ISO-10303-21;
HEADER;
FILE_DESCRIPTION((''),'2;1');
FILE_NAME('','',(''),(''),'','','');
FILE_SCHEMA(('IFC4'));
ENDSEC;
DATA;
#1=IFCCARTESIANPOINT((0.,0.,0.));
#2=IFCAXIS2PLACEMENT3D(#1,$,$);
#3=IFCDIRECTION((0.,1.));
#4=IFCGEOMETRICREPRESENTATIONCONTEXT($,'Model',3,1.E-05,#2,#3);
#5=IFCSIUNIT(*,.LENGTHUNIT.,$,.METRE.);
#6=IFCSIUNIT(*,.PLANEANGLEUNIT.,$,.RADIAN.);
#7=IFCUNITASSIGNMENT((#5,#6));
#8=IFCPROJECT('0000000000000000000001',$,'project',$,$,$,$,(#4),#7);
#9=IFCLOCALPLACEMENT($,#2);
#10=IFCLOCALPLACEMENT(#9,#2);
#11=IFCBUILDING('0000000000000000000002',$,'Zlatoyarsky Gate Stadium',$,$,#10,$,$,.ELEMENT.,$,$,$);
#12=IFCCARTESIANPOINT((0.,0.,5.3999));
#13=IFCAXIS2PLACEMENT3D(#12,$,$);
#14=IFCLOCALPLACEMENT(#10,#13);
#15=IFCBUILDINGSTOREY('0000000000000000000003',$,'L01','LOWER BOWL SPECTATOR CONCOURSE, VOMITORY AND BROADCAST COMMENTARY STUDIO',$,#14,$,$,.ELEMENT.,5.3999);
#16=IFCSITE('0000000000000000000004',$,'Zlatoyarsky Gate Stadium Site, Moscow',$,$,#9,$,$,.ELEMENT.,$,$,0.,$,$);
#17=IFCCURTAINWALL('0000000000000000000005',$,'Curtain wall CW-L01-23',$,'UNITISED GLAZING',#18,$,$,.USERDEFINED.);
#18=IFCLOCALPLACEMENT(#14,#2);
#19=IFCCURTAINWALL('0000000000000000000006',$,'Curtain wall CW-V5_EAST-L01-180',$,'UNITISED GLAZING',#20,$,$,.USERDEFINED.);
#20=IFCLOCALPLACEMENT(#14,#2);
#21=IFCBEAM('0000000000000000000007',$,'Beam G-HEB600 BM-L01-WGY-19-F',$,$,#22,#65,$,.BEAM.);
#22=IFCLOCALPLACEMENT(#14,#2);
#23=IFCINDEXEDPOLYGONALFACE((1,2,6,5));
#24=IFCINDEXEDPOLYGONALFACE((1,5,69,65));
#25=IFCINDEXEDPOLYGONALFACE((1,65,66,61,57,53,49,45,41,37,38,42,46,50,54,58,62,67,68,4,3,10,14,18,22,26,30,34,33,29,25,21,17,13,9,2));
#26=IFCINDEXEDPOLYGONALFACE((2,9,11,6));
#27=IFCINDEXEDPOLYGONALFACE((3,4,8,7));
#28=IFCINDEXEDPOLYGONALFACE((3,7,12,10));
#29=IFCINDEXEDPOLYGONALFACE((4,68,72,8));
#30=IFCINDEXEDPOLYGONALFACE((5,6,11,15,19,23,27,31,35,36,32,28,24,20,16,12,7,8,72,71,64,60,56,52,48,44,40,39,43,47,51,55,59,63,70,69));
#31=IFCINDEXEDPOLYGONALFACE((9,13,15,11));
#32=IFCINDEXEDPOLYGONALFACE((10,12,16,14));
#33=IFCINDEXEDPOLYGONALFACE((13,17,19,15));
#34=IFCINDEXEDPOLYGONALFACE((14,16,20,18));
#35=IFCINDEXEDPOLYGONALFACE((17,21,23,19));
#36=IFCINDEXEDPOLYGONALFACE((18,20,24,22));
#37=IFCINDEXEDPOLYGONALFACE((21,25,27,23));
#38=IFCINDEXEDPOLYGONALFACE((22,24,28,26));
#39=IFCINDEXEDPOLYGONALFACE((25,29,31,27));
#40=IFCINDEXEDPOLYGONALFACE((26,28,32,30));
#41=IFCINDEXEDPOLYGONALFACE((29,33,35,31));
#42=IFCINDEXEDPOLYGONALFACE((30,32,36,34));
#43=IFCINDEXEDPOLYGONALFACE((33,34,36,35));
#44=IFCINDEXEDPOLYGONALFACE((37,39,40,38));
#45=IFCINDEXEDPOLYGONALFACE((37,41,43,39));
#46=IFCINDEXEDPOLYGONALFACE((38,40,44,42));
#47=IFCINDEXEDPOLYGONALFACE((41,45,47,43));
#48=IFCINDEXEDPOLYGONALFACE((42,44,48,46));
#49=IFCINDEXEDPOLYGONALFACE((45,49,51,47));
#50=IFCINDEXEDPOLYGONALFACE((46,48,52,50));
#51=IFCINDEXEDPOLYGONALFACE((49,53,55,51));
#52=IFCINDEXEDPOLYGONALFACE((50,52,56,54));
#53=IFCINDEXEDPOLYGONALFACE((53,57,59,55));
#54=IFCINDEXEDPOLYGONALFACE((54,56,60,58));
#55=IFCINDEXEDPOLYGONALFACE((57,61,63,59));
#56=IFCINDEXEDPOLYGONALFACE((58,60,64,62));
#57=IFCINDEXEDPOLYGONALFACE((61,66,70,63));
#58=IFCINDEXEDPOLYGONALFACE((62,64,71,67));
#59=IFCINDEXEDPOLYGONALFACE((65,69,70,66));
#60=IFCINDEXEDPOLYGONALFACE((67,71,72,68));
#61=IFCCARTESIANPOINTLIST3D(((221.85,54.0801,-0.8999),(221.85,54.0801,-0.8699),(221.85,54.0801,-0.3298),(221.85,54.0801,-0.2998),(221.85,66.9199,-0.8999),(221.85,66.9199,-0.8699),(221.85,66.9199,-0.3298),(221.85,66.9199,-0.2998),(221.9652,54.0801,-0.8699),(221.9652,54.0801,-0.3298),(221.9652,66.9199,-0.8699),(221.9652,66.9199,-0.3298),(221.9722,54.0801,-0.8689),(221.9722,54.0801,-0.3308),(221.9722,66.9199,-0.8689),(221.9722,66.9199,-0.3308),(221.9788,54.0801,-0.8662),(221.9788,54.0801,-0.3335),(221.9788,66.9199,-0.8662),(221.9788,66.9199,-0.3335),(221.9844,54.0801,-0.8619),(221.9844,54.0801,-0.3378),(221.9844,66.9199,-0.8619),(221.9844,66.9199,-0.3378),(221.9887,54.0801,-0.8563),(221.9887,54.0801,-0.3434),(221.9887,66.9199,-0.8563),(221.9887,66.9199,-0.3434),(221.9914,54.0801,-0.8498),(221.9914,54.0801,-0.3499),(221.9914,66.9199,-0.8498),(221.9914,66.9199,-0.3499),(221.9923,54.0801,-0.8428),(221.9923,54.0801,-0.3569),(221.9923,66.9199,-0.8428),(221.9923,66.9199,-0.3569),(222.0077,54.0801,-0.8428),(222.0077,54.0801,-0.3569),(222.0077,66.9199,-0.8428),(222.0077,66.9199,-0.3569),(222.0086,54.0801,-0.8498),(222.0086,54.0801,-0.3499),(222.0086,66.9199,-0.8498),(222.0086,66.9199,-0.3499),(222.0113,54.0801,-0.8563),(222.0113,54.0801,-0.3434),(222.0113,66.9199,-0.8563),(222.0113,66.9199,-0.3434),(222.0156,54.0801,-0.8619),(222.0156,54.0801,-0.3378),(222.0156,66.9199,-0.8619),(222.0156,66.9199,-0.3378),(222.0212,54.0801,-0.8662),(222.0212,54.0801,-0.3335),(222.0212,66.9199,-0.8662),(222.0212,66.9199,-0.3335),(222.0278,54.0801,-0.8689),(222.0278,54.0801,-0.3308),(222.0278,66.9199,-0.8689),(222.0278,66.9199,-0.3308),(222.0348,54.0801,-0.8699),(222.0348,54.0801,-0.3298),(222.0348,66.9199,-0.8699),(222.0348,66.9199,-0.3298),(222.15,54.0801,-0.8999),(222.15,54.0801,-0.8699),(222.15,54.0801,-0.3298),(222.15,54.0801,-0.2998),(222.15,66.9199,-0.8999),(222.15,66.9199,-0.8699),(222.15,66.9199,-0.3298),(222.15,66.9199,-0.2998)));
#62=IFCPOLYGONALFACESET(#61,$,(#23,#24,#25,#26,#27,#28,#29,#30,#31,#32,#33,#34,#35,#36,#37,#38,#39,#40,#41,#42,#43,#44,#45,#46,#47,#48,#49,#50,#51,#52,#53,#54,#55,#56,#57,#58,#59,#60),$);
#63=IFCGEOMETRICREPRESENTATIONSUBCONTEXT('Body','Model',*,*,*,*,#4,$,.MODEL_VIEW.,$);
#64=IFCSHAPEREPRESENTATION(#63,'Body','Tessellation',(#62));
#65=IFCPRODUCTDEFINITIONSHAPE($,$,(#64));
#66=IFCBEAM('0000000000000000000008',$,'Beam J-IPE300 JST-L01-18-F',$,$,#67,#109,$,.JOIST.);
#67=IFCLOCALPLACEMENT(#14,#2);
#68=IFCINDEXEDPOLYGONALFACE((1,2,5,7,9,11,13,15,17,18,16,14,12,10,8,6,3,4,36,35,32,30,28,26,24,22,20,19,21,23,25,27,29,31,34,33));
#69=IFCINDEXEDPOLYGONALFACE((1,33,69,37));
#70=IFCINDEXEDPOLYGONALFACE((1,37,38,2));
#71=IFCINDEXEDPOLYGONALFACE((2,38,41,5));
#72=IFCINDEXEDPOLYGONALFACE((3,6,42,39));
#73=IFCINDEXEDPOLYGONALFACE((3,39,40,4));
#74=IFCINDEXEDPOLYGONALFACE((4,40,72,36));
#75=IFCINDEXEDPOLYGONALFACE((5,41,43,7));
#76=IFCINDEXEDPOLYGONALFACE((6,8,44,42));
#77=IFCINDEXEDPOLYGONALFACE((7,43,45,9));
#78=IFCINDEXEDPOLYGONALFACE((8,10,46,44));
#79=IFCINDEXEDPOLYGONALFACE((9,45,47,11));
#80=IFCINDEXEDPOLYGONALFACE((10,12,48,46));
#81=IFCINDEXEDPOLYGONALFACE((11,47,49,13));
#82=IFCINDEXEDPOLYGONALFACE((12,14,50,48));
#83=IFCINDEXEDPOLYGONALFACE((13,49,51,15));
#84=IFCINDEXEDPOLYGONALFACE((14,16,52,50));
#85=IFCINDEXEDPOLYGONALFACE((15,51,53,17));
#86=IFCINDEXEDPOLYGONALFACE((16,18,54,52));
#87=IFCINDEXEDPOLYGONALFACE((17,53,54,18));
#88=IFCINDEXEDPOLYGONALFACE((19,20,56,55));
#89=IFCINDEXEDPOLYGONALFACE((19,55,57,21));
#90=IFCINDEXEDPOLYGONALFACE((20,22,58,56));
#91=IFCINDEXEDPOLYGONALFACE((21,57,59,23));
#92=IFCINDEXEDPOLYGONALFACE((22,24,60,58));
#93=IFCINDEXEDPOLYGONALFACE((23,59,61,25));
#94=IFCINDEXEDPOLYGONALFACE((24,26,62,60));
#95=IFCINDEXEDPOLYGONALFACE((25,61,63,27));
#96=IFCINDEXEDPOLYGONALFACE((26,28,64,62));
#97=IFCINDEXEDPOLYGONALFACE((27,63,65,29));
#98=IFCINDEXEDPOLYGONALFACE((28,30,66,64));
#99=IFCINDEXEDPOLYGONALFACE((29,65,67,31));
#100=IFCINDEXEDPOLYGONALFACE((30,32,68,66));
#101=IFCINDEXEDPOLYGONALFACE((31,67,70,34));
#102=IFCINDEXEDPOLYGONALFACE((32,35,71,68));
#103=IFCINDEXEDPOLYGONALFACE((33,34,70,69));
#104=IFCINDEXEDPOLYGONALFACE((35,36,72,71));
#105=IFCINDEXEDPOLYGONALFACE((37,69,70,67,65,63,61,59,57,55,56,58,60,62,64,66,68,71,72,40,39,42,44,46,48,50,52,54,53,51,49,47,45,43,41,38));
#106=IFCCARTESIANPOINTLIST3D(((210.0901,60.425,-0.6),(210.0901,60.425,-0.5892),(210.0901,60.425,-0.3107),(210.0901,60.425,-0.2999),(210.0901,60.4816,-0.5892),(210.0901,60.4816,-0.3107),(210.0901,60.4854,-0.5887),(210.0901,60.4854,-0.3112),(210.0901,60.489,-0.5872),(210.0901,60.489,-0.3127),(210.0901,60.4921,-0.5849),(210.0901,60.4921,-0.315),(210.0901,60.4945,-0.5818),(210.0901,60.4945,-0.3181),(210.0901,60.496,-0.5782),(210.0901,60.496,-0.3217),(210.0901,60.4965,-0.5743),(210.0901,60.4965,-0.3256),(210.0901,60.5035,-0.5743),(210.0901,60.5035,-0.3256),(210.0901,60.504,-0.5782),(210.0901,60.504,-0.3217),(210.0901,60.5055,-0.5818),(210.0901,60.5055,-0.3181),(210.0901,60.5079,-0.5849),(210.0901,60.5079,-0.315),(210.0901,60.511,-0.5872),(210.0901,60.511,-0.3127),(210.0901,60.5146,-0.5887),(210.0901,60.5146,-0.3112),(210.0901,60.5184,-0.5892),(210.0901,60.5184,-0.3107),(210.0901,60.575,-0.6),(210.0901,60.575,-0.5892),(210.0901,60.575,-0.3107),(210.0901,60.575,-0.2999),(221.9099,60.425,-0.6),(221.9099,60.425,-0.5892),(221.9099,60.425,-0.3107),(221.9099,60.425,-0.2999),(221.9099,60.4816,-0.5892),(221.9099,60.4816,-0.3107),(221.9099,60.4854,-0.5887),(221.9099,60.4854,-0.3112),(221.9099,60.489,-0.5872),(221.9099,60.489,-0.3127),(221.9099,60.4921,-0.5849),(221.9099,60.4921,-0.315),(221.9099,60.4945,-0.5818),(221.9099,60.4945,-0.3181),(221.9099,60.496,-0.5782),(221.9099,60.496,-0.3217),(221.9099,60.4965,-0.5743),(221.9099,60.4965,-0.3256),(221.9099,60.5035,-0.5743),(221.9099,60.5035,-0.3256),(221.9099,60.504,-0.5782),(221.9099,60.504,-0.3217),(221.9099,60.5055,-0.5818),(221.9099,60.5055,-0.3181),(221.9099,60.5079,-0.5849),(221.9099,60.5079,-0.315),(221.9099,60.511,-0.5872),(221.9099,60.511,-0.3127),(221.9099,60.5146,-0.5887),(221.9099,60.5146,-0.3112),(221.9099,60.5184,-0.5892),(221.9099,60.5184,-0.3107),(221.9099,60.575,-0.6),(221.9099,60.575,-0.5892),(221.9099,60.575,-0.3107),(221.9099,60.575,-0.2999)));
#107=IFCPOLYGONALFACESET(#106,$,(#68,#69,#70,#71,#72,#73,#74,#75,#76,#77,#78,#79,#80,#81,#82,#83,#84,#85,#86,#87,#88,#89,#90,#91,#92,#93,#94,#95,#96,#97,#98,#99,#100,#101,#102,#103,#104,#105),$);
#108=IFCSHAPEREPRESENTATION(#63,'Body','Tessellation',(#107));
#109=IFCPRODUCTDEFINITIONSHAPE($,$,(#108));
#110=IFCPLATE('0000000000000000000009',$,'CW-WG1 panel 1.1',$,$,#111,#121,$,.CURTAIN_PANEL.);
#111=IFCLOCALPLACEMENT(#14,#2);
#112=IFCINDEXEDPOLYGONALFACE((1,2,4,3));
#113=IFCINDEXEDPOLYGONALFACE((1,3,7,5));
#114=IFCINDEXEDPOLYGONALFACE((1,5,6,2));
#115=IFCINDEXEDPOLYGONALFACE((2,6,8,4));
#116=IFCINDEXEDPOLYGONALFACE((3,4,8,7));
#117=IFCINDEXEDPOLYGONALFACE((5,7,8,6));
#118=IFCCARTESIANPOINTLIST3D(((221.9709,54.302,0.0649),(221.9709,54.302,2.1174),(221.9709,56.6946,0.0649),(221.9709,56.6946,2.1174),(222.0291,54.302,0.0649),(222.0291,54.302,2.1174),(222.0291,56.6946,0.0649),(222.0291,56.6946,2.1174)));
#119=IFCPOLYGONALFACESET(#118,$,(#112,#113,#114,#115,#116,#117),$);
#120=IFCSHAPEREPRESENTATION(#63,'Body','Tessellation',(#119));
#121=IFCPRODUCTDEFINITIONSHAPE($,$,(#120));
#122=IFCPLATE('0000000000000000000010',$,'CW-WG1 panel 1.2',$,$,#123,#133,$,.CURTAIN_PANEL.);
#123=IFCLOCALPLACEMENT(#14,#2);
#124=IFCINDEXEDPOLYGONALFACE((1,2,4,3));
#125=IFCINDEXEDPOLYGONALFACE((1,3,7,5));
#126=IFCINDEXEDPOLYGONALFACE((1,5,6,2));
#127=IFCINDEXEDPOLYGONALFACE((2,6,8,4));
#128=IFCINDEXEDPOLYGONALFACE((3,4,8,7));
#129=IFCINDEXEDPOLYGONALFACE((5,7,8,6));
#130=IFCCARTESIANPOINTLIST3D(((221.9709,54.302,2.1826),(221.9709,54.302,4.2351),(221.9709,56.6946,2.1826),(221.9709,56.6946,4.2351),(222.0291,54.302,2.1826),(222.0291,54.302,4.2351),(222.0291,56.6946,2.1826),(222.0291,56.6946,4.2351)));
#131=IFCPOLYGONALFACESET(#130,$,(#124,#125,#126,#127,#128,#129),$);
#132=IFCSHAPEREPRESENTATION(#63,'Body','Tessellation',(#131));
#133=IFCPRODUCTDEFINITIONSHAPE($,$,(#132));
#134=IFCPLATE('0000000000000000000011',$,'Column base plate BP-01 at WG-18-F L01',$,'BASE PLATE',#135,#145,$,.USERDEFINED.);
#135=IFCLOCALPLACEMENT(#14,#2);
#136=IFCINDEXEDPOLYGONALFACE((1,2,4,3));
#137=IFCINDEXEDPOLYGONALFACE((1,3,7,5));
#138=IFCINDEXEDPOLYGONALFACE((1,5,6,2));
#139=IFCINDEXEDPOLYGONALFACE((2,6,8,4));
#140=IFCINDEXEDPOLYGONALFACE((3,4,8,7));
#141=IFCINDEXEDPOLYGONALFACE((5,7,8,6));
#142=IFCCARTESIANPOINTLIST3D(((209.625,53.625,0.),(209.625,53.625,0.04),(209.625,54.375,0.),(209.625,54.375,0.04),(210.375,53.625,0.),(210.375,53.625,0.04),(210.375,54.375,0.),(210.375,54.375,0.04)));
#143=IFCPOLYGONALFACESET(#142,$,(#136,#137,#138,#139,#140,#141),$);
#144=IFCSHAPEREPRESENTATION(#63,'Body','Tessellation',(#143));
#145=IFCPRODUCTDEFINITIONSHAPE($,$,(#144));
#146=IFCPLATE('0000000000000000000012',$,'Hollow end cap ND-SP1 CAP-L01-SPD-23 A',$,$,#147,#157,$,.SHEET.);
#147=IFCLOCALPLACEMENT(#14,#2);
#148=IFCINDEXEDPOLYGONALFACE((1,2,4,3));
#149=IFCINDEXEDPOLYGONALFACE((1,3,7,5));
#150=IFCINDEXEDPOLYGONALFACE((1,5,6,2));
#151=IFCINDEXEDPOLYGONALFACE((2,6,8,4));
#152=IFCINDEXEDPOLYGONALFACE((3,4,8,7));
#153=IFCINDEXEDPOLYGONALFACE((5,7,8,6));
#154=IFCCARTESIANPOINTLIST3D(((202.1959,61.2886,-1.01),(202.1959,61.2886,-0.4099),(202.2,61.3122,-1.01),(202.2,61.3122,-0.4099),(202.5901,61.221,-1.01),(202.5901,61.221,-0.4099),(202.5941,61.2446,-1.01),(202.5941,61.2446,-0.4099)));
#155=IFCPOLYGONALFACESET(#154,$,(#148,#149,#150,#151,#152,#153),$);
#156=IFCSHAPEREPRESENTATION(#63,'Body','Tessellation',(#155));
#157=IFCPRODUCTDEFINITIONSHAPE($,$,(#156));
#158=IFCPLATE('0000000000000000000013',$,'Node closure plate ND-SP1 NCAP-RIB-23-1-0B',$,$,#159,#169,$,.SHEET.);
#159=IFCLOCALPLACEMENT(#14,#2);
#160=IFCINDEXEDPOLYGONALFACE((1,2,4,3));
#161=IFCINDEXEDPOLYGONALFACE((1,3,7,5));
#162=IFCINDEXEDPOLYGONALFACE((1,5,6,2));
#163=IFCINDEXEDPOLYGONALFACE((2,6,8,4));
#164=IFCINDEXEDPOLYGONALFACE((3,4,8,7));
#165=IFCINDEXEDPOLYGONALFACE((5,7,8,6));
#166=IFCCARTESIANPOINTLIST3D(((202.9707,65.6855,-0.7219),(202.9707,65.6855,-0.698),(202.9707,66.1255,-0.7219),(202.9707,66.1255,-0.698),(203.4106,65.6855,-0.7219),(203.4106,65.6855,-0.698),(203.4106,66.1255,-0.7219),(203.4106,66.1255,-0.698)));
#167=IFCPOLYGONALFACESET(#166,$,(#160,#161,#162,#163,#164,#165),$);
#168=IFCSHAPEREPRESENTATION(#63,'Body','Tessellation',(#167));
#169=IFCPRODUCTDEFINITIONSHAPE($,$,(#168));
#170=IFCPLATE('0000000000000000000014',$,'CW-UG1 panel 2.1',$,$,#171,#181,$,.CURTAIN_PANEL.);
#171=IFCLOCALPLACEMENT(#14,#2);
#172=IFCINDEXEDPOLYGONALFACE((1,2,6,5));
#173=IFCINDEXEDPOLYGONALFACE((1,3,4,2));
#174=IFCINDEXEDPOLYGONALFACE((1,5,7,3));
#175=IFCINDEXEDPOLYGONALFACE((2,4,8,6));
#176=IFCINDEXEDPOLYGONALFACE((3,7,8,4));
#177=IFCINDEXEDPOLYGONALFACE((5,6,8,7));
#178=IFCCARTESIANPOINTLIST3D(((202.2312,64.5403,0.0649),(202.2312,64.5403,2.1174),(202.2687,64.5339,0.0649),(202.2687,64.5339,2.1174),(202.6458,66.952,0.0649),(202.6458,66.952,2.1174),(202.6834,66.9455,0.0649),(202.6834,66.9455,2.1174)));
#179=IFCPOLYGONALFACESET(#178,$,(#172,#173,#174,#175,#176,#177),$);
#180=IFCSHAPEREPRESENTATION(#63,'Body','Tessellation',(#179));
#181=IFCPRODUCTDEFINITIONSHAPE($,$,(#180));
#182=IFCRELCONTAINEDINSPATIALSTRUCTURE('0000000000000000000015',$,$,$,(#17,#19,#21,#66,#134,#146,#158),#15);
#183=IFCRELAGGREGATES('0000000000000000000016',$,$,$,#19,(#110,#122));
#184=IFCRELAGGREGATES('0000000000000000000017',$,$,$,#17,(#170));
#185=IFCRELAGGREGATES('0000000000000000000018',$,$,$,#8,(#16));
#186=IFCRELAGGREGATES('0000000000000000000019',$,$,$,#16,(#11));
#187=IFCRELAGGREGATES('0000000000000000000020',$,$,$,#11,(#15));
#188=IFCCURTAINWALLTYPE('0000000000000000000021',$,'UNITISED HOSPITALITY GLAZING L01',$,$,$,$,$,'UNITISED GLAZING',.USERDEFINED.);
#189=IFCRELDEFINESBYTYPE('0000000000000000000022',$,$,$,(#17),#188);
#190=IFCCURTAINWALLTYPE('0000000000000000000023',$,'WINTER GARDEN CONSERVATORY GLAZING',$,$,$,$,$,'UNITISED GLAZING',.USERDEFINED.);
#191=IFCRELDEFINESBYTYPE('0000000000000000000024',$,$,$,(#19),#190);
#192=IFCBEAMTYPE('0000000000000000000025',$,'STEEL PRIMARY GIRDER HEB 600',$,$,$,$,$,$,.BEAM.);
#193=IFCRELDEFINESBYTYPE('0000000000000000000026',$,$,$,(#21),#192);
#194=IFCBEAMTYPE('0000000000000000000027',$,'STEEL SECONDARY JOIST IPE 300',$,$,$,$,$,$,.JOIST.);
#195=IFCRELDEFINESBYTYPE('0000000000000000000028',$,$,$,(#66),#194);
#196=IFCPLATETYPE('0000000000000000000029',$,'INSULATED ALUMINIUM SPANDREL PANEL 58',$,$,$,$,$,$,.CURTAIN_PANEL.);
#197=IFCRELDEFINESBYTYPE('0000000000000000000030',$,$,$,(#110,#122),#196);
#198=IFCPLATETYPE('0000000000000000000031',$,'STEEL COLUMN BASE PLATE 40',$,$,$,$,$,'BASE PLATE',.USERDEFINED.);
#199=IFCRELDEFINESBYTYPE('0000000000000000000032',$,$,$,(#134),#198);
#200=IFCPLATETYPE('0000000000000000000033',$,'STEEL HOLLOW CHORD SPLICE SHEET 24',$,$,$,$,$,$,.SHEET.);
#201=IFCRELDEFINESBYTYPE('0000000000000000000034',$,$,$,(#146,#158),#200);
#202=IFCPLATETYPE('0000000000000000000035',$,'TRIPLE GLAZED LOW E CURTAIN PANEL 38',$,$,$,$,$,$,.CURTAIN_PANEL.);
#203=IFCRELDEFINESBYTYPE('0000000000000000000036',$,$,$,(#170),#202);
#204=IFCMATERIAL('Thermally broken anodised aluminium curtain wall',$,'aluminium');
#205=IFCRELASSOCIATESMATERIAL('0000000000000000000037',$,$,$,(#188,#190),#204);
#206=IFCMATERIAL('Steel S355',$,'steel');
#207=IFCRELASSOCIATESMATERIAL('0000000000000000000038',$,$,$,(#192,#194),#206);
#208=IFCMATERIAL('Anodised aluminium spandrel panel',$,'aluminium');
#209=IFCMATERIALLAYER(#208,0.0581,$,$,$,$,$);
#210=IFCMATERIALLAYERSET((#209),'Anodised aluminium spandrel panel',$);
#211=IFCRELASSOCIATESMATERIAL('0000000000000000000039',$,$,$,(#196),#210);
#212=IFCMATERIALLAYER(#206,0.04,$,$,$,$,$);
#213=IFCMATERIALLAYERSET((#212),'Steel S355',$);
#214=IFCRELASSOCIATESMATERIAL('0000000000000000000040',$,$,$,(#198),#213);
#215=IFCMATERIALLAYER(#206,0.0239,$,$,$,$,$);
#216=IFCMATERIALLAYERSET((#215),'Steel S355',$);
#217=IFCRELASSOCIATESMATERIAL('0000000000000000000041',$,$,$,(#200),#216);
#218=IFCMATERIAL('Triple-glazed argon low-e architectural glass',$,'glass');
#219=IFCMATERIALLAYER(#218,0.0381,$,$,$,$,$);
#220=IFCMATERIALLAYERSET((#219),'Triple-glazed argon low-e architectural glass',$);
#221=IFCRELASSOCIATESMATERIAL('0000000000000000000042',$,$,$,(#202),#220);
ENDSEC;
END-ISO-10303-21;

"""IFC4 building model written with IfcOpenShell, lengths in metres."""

from ifc_helpers import new_model, si_unit, direction, frame, origin, origin_2d, place, context, subcontext, project, spatial, rectangle, i_section, extrude, material, layer, layer_set, material_profile, profile_set, type_object, element, aggregate, save


model = new_model("IFC4")

# Units and contexts
model_context = context("Model", 3, precision=1e-05, world=origin(), true_north=direction((0.0, 1.0)))
body_context = subcontext(model_context, "Body", "Model", "MODEL_VIEW")
ifc_project = project(units=[si_unit("LENGTHUNIT", "METRE"), si_unit("PLANEANGLEUNIT", "RADIAN")], contexts=[model_context])

# Site, building, storey
site_placement = place(None, origin())
site = spatial("IfcSite", under=ifc_project, at=site_placement, Name="Zlatoyarsky Gate Stadium Site, Moscow", CompositionType="ELEMENT", RefElevation=0.0)
building_placement = place(site_placement, origin())
building = spatial("IfcBuilding", under=site, at=building_placement, Name="Zlatoyarsky Gate Stadium", CompositionType="ELEMENT")
storey_placement = place(building_placement, frame((0.0, 0.0, 5.3999)))
storey = spatial("IfcBuildingStorey", under=building, at=storey_placement, Name="L01", Description="LOWER BOWL SPECTATOR CONCOURSE, VOMITORY AND BROADCAST COMMENTARY STUDIO", CompositionType="ELEMENT", Elevation=5.3999)

# Shared definitions
ifc_material_1 = material(Name="Steel S355", Category="steel")

# Curtain walls
ifc_material_2 = material(Name="Thermally broken anodised aluminium curtain wall", Category="aluminium")
curtain_wall_type_1 = type_object("IfcCurtainWallType", Name="UNITISED HOSPITALITY GLAZING L01", ElementType="UNITISED GLAZING", PredefinedType="USERDEFINED", material=ifc_material_2)
curtain_wall_1_placement = place(storey_placement, origin())
curtain_wall_1 = element("IfcCurtainWall", 1, at=curtain_wall_1_placement, inside=storey, type_object=curtain_wall_type_1, Name="Curtain wall CW-L01-23", ObjectType="UNITISED GLAZING", PredefinedType="USERDEFINED")
curtain_wall_type_2 = type_object("IfcCurtainWallType", Name="WINTER GARDEN CONSERVATORY GLAZING", ElementType="UNITISED GLAZING", PredefinedType="USERDEFINED", material=ifc_material_2)
curtain_wall_2_placement = place(storey_placement, origin())
curtain_wall_2 = element("IfcCurtainWall", 2, at=curtain_wall_2_placement, inside=storey, type_object=curtain_wall_type_2, Name="Curtain wall CW-V5_EAST-L01-180", ObjectType="UNITISED GLAZING", PredefinedType="USERDEFINED")

# Beams
ifc_material_profile_1 = material_profile(ifc_material_1, i_section(OverallWidth=0.3, OverallDepth=0.6001, WebThickness=0.0154, FlangeThickness=0.03, FilletRadius=0.0271, at=origin_2d()), Name="HEB 600")
ifc_profile_set_1 = profile_set([ifc_material_profile_1], Name="Steel S355")
beam_type_1 = type_object("IfcBeamType", Name="STEEL PRIMARY GIRDER HEB 600", PredefinedType="BEAM", material=ifc_profile_set_1)
for number, where, z_axis, x_axis, name in (
    (3, (222.0, 54.0801, -0.5999), (0.0, 1.0, 0.0), (-1.0, 0.0, 0.0), "Beam G-HEB600 BM-L01-WGY-19-F"),
):
    element("IfcBeam", number, at=place(storey_placement, frame(where, z_axis=z_axis, x_axis=x_axis)), inside=storey, type_object=beam_type_1, Name=name, PredefinedType="BEAM", context=body_context, shape_type="SweptSolid", body=[
        extrude(i_section(OverallWidth=0.3, OverallDepth=0.6001, WebThickness=0.0154, FlangeThickness=0.03, FilletRadius=0.0271, at=origin_2d()), origin(), (0.0, 0.0, 1.0), 12.8398),
    ])
ifc_material_profile_2 = material_profile(ifc_material_1, i_section(OverallWidth=0.1499, OverallDepth=0.3, WebThickness=0.0071, FlangeThickness=0.0107, FilletRadius=0.0149, at=origin_2d()), Name="IPE 300")
ifc_profile_set_2 = profile_set([ifc_material_profile_2], Name="Steel S355")
beam_type_2 = type_object("IfcBeamType", Name="STEEL SECONDARY JOIST IPE 300", PredefinedType="JOIST", material=ifc_profile_set_2)
beam_1_placement = place(storey_placement, frame((210.0901, 60.5, -0.45), z_axis=(1.0, 0.0, 0.0), x_axis=(0.0, 1.0, 0.0)))
element("IfcBeam", 4, at=beam_1_placement, inside=storey, type_object=beam_type_2, Name="Beam J-IPE300 JST-L01-18-F", PredefinedType="JOIST", context=body_context, shape_type="SweptSolid", body=[
    extrude(i_section(OverallWidth=0.1499, OverallDepth=0.3, WebThickness=0.0071, FlangeThickness=0.0107, FilletRadius=0.0149, at=origin_2d()), origin(), (0.0, 0.0, 1.0), 11.8198),
])

# Plates
ifc_material_3 = material(Name="Anodised aluminium spandrel panel", Category="aluminium")
ifc_layer_1 = layer(ifc_material_3, 0.0581)
ifc_layer_set_1 = layer_set([ifc_layer_1], Name="Anodised aluminium spandrel panel")
plate_type_1 = type_object("IfcPlateType", Name="INSULATED ALUMINIUM SPANDREL PANEL 58", PredefinedType="CURTAIN_PANEL", material=ifc_layer_set_1)
plate_1_placement = place(storey_placement, frame((222.0, 55.4983, 0.0649), z_axis=(0.0, 0.0, 1.0), x_axis=(0.0, 1.0, 0.0)))
plate_1 = element("IfcPlate", 5, at=plate_1_placement, type_object=plate_type_1, Name="CW-WG1 panel 1.1", PredefinedType="CURTAIN_PANEL", context=body_context, shape_type="SweptSolid", body=[
    extrude(rectangle(XDim=2.3926, YDim=0.0581, at=origin_2d()), origin(), (0.0, 0.0, 1.0), 2.0525),
])
plate_2_placement = place(storey_placement, frame((222.0, 55.4983, 2.1826), z_axis=(0.0, 0.0, 1.0), x_axis=(0.0, 1.0, 0.0)))
plate_2 = element("IfcPlate", 6, at=plate_2_placement, type_object=plate_type_1, Name="CW-WG1 panel 1.2", PredefinedType="CURTAIN_PANEL", context=body_context, shape_type="SweptSolid", body=[
    extrude(rectangle(XDim=2.3926, YDim=0.0581, at=origin_2d()), origin(), (0.0, 0.0, 1.0), 2.0525),
])
aggregate(curtain_wall_2, [plate_1, plate_2])

# Plates
ifc_layer_2 = layer(ifc_material_1, 0.04)
ifc_layer_set_2 = layer_set([ifc_layer_2], Name="Steel S355")
plate_type_2 = type_object("IfcPlateType", Name="STEEL COLUMN BASE PLATE 40", ElementType="BASE PLATE", PredefinedType="USERDEFINED", material=ifc_layer_set_2)
plate_3_placement = place(storey_placement, frame((210.0, 54.0, 0.0), z_axis=(0.0, 0.0, 1.0), x_axis=(1.0, 0.0, 0.0)))
element("IfcPlate", 7, at=plate_3_placement, inside=storey, type_object=plate_type_2, Name="Column base plate BP-01 at WG-18-F L01", ObjectType="BASE PLATE", PredefinedType="USERDEFINED", context=body_context, shape_type="SweptSolid", body=[
    extrude(rectangle(XDim=0.75, YDim=0.75, at=origin_2d()), origin(), (0.0, 0.0, 1.0), 0.04),
])
ifc_layer_3 = layer(ifc_material_1, 0.0239)
ifc_layer_set_3 = layer_set([ifc_layer_3], Name="Steel S355")
plate_type_3 = type_object("IfcPlateType", Name="STEEL HOLLOW CHORD SPLICE SHEET 24", PredefinedType="SHEET", material=ifc_layer_set_3)
plate_4_placement = place(storey_placement, frame((202.395, 61.2666, -1.01), z_axis=(0.0, 0.0, 1.0), x_axis=(0.169072, 0.985604, 0.0)))
element("IfcPlate", 8, at=plate_4_placement, inside=storey, type_object=plate_type_3, Name="Hollow end cap ND-SP1 CAP-L01-SPD-23 A", PredefinedType="SHEET", context=body_context, shape_type="SweptSolid", body=[
    extrude(rectangle(XDim=0.0239, YDim=0.3999, at=origin_2d()), origin(), (0.0, 0.0, 1.0), 0.6001),
])
plate_5_placement = place(storey_placement, frame((203.1907, 65.9055, -0.7219), z_axis=(0.0, 0.0, 1.0), x_axis=(1.0, 0.0, 0.0)))
element("IfcPlate", 9, at=plate_5_placement, inside=storey, type_object=plate_type_3, Name="Node closure plate ND-SP1 NCAP-RIB-23-1-0B", PredefinedType="SHEET", context=body_context, shape_type="SweptSolid", body=[
    extrude(rectangle(XDim=0.4399, YDim=0.4399, at=origin_2d()), origin(), (0.0, 0.0, 1.0), 0.0239),
])

# Plate
ifc_material_4 = material(Name="Triple-glazed argon low-e architectural glass", Category="glass")
ifc_layer_4 = layer(ifc_material_4, 0.0381)
ifc_layer_set_4 = layer_set([ifc_layer_4], Name="Triple-glazed argon low-e architectural glass")
plate_type_4 = type_object("IfcPlateType", Name="TRIPLE GLAZED LOW E CURTAIN PANEL 38", PredefinedType="CURTAIN_PANEL", material=ifc_layer_set_4)
plate_6_placement = place(storey_placement, frame((202.4573, 65.7429, 0.0649), z_axis=(0.0, 0.0, 1.0), x_axis=(0.169451, 0.985539, 0.0)))
plate_6 = element("IfcPlate", 10, at=plate_6_placement, type_object=plate_type_4, Name="CW-UG1 panel 2.1", PredefinedType="CURTAIN_PANEL", context=body_context, shape_type="SweptSolid", body=[
    extrude(rectangle(XDim=2.447, YDim=0.0381, at=origin_2d()), origin(), (0.0, 0.0, 1.0), 2.0525),
])
aggregate(curtain_wall_1, [plate_6])

save(model, "model.ifc")
